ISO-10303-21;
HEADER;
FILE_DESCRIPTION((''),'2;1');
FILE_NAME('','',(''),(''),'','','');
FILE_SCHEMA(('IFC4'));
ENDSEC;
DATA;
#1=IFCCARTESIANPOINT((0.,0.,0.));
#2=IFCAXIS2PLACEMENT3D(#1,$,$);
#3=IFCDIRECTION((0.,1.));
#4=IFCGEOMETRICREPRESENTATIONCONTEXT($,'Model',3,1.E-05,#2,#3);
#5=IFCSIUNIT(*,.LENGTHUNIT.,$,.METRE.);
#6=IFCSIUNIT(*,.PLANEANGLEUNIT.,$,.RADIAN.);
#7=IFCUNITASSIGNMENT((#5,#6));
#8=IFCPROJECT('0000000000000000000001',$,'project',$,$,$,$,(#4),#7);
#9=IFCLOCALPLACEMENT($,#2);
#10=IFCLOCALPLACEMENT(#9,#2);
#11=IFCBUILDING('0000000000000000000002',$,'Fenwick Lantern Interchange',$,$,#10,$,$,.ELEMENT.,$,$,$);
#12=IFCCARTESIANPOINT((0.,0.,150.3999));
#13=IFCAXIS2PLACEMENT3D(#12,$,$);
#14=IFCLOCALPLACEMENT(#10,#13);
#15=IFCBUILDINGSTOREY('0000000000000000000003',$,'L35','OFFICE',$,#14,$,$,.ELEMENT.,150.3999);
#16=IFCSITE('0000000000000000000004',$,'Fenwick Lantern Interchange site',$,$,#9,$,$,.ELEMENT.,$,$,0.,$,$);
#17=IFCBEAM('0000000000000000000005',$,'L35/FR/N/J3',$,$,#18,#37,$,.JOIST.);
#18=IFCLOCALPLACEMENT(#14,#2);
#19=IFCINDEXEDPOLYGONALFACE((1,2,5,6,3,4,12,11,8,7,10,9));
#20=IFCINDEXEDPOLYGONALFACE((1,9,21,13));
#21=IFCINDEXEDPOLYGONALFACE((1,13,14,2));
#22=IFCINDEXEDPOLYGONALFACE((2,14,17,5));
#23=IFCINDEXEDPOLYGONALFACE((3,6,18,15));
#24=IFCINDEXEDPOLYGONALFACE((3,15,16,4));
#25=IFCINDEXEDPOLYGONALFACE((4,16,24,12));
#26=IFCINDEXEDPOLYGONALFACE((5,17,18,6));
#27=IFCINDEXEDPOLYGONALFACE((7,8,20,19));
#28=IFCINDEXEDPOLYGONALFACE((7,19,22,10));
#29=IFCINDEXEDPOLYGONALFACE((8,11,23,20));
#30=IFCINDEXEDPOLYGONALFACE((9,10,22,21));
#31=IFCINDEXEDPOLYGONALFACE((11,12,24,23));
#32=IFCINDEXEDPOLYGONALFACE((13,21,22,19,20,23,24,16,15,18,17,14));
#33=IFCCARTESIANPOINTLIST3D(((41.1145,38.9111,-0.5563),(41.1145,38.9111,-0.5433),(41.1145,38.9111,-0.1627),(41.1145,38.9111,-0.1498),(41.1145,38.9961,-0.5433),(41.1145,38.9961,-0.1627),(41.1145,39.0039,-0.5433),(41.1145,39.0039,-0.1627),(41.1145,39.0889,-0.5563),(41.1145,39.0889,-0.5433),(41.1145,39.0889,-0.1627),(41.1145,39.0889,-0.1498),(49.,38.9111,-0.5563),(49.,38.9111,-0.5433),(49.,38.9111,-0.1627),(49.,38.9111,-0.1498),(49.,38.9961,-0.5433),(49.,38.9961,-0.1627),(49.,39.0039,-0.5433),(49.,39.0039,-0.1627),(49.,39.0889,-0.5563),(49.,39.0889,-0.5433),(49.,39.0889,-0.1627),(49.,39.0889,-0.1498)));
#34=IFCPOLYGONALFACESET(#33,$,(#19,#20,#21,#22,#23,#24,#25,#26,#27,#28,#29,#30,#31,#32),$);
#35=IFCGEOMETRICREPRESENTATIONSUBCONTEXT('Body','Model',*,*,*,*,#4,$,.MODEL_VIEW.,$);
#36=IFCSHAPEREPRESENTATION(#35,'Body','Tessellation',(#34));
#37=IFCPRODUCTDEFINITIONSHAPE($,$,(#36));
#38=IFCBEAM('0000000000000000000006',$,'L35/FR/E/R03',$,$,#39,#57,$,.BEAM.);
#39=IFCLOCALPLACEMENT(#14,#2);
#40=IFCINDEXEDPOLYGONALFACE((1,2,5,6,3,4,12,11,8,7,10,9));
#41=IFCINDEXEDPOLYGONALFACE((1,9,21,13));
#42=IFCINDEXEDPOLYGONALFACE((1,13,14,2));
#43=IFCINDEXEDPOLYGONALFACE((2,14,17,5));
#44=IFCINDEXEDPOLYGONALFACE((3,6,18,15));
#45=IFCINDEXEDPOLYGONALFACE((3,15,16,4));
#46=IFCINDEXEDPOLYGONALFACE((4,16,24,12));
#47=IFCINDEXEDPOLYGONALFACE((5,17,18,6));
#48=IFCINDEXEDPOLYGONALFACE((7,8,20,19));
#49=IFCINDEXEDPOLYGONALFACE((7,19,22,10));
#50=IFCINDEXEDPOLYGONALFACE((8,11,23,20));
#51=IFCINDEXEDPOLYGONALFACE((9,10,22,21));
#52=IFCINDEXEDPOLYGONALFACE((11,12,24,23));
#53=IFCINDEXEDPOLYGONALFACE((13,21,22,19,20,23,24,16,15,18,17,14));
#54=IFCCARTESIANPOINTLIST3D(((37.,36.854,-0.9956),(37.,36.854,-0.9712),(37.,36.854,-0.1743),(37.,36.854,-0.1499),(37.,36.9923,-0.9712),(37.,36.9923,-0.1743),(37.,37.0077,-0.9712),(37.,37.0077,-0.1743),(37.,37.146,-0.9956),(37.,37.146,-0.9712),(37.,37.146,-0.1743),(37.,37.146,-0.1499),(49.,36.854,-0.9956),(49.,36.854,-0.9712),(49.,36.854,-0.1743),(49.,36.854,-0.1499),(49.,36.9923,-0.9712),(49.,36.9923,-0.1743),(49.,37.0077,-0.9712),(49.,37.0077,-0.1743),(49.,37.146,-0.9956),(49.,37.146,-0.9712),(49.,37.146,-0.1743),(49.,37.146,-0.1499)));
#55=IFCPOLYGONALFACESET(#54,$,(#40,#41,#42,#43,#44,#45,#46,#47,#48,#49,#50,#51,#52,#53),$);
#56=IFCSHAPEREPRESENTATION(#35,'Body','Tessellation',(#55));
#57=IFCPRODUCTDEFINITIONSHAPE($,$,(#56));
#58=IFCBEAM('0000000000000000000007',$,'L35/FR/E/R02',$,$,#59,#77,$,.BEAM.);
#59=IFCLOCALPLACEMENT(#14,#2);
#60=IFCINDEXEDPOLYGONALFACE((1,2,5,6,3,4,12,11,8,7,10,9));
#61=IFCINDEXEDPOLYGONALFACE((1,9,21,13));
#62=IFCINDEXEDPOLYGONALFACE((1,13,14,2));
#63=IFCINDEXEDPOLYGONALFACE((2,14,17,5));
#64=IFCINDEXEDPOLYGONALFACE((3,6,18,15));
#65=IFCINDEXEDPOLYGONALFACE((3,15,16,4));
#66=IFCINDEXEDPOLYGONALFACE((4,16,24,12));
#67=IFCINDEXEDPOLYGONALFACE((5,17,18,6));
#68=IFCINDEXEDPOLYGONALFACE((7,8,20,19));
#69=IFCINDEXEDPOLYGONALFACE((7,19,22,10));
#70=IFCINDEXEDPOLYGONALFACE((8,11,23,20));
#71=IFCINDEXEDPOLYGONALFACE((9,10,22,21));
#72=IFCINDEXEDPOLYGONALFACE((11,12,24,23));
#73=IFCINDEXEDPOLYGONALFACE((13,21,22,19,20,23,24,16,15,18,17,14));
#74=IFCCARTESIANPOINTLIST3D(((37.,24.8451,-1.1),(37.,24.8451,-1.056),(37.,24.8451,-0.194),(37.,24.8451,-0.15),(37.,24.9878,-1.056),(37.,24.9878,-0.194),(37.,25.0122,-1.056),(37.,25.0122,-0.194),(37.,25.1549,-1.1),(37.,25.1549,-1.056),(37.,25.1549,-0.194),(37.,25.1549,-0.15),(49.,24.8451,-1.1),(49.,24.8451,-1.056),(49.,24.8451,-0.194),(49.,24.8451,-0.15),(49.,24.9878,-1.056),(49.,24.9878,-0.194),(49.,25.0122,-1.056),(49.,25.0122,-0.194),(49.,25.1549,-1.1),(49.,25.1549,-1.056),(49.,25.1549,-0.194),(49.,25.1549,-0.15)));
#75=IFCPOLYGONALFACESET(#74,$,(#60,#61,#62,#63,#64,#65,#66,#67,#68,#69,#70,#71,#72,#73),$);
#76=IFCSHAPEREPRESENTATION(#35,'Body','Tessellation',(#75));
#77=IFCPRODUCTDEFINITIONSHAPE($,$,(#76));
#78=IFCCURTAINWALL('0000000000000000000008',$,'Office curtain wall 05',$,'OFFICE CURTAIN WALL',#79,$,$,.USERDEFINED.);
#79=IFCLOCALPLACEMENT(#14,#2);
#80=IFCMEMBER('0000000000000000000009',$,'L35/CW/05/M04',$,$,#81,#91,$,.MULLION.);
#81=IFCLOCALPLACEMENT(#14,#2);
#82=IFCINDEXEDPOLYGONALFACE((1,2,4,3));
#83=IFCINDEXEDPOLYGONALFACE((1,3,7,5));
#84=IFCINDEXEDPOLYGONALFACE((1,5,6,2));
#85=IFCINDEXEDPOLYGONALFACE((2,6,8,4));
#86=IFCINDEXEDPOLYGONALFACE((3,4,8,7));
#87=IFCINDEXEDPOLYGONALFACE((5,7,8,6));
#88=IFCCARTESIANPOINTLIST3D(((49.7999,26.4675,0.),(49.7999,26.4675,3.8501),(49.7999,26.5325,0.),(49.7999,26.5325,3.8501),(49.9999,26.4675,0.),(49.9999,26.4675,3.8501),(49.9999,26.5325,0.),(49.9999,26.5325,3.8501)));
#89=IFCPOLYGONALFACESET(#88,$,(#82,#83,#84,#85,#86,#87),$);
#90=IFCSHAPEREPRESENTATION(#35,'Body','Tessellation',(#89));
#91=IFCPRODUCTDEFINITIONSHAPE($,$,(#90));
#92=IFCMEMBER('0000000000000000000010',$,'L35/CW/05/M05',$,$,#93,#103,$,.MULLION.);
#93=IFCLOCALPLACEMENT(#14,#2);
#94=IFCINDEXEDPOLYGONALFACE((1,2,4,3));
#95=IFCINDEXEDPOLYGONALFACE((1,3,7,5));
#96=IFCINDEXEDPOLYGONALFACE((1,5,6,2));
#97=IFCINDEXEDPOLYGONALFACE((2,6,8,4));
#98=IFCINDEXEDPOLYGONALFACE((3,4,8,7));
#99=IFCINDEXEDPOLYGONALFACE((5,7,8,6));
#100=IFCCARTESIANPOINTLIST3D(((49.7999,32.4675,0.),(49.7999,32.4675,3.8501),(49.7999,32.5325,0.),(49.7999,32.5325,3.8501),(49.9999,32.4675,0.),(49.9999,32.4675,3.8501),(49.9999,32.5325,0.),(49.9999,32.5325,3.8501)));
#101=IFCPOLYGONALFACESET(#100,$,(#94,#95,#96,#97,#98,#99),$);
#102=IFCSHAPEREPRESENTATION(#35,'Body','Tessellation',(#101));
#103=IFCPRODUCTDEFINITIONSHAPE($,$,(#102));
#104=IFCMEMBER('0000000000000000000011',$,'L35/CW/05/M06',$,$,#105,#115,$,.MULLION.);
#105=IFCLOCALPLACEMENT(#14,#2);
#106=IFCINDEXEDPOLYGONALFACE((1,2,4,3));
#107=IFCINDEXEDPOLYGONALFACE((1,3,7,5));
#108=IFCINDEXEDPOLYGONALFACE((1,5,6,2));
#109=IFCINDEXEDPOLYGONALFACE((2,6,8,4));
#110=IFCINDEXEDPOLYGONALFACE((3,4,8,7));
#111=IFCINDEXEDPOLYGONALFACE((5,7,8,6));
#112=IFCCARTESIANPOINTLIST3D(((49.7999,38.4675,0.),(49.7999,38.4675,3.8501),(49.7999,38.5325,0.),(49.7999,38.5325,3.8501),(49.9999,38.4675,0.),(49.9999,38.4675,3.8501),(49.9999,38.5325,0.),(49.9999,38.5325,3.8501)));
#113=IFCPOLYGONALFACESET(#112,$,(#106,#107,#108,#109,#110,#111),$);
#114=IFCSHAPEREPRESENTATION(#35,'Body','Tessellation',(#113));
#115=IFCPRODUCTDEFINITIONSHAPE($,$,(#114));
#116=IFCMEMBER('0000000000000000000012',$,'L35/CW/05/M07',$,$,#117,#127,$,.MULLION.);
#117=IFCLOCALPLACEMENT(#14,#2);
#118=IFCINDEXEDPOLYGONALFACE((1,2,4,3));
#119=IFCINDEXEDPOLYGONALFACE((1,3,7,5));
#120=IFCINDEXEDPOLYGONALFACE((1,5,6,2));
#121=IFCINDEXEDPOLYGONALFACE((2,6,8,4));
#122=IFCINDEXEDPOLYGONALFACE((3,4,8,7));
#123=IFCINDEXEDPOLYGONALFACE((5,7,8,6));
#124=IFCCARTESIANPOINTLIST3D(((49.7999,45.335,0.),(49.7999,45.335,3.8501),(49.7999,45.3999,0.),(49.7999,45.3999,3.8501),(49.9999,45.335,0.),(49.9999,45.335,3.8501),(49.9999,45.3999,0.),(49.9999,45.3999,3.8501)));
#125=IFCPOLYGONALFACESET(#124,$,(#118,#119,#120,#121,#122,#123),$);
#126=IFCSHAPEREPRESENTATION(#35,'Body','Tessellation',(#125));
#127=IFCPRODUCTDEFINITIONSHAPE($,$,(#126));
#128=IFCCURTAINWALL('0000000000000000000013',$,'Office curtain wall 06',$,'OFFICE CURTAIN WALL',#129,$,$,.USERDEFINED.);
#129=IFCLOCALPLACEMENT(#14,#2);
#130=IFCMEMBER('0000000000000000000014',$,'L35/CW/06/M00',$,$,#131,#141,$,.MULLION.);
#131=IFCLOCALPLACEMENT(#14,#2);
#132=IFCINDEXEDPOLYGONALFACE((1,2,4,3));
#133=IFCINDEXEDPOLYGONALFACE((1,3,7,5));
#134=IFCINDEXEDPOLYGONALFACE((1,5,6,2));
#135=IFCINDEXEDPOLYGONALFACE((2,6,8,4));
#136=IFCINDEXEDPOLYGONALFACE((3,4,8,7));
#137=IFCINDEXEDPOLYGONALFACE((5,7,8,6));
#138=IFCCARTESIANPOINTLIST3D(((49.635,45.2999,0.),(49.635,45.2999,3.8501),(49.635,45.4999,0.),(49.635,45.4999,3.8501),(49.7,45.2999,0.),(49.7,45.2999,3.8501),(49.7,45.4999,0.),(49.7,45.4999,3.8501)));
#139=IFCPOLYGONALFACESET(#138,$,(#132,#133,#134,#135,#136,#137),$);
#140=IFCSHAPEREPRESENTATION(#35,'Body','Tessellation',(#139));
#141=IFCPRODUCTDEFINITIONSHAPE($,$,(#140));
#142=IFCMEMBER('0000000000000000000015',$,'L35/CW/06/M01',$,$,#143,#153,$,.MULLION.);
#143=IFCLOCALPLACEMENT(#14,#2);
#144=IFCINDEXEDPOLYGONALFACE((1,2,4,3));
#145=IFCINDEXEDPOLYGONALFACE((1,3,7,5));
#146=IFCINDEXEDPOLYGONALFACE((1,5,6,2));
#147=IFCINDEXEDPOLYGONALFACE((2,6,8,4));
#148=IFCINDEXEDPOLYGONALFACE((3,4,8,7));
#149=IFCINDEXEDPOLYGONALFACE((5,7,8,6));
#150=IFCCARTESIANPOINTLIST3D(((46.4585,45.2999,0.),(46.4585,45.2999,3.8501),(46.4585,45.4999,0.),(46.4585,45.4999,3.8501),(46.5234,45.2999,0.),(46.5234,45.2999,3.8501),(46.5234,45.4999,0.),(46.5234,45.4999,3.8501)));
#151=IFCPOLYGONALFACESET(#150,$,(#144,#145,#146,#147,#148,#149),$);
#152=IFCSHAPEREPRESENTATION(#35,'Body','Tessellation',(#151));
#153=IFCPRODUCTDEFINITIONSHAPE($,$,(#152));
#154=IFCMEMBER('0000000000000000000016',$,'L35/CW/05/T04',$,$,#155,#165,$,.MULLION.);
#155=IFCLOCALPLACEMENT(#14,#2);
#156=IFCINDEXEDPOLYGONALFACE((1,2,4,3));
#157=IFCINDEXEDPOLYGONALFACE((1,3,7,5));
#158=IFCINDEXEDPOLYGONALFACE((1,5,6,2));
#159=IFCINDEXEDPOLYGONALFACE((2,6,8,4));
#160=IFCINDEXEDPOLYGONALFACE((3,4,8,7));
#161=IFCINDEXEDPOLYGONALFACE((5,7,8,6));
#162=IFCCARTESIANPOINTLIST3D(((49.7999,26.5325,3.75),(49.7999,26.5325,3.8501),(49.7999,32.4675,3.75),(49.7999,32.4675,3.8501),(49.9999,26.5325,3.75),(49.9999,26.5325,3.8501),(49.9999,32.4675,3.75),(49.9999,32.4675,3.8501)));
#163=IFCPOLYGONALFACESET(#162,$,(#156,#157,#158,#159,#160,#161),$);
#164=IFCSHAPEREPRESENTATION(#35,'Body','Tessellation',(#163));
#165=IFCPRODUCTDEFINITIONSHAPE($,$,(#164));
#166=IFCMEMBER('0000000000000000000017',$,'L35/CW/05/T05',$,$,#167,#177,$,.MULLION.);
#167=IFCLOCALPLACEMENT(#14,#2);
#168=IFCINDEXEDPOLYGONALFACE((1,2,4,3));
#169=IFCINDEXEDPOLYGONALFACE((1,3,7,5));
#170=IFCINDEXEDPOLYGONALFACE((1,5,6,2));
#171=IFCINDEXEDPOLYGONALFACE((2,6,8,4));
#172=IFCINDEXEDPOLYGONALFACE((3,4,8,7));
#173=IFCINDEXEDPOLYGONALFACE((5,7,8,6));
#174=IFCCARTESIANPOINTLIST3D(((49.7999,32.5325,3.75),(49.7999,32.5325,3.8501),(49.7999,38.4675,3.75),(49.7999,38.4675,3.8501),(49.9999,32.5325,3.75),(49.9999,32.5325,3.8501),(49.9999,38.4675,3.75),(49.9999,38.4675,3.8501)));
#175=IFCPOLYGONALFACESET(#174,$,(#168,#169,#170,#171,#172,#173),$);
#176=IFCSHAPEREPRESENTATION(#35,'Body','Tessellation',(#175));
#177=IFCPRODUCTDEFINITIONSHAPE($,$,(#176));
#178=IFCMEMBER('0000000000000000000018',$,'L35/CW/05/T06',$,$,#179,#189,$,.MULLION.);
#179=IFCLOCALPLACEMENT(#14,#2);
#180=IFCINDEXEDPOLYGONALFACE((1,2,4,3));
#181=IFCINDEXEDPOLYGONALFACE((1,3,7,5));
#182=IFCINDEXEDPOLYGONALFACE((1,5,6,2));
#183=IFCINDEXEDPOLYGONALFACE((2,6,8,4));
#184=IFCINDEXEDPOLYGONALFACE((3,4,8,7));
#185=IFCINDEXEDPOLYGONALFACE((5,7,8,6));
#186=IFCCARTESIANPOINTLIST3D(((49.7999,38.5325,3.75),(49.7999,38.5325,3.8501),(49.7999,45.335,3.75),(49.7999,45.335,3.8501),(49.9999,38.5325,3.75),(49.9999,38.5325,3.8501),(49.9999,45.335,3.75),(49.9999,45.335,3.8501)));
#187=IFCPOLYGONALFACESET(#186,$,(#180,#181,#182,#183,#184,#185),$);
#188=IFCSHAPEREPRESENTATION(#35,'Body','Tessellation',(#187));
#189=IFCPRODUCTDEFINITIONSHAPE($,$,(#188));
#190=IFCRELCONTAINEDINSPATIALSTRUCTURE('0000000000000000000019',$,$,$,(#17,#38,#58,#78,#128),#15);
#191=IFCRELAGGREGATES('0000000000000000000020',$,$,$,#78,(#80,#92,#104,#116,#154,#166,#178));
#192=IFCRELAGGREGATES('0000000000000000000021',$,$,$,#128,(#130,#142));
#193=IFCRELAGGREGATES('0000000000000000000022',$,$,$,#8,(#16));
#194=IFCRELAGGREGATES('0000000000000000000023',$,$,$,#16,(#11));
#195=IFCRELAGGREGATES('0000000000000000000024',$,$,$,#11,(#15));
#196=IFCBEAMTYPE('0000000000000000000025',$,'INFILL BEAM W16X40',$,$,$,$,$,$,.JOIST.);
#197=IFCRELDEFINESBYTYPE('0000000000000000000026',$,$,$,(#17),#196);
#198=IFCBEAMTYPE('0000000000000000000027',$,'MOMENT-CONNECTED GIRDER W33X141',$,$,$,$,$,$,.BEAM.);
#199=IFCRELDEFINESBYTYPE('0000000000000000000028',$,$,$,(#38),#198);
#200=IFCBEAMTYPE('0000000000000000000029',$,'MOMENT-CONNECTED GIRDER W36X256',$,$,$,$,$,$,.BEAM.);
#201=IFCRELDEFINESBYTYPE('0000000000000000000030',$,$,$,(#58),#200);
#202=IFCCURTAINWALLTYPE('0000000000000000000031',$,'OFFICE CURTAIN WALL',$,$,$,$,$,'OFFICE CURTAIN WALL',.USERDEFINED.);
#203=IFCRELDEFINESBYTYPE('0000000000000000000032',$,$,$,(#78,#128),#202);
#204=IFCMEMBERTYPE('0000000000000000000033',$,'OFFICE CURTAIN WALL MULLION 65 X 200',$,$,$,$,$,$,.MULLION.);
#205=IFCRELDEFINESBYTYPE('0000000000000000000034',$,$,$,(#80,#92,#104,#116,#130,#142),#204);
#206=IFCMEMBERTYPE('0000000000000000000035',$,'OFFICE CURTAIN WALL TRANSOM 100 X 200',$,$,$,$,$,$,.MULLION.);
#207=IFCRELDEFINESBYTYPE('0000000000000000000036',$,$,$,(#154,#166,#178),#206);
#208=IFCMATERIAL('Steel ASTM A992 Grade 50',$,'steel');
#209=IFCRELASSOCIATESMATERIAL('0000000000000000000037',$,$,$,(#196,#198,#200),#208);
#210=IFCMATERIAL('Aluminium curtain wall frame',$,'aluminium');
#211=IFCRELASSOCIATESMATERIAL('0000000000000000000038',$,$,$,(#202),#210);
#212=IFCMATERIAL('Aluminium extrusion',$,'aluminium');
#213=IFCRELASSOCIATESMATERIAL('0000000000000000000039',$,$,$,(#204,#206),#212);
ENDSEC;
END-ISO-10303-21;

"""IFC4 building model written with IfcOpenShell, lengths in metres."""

from ifc_helpers import new_model, si_unit, direction, frame, origin, origin_2d, place, context, subcontext, project, spatial, rectangle, i_section, extrude, material, material_profile, profile_set, type_object, element, aggregate, save


model = new_model("IFC4")

# Units and contexts
model_context = context("Model", 3, precision=1e-05, world=origin(), true_north=direction((0.0, 1.0)))
body_context = subcontext(model_context, "Body", "Model", "MODEL_VIEW")
ifc_project = project(units=[si_unit("LENGTHUNIT", "METRE"), si_unit("PLANEANGLEUNIT", "RADIAN")], contexts=[model_context])

# Site, building, storey
site_placement = place(None, origin())
site = spatial("IfcSite", under=ifc_project, at=site_placement, Name="Fenwick Lantern Interchange site", CompositionType="ELEMENT", RefElevation=0.0)
building_placement = place(site_placement, origin())
building = spatial("IfcBuilding", under=site, at=building_placement, Name="Fenwick Lantern Interchange", CompositionType="ELEMENT")
storey_placement = place(building_placement, frame((0.0, 0.0, 150.3999)))
storey = spatial("IfcBuildingStorey", under=building, at=storey_placement, Name="L35", Description="OFFICE", CompositionType="ELEMENT", Elevation=150.3999)

# Shared definitions
ifc_material_1 = material(Name="Steel ASTM A992 Grade 50", Category="steel")

# Beams
ifc_material_profile_1 = material_profile(ifc_material_1, i_section(OverallWidth=0.1777, OverallDepth=0.4065, WebThickness=0.0078, FlangeThickness=0.0129, at=origin_2d()), Name="W16X40")
ifc_profile_set_1 = profile_set([ifc_material_profile_1], Name="Steel ASTM A992 Grade 50")
beam_type_1 = type_object("IfcBeamType", Name="INFILL BEAM W16X40", PredefinedType="JOIST", material=ifc_profile_set_1)
beam_1_placement = place(storey_placement, frame((49.0, 39.0, -0.353), z_axis=(-1.0, 0.0, 0.0), x_axis=(0.0, -1.0, 0.0)))
element("IfcBeam", 1, at=beam_1_placement, inside=storey, type_object=beam_type_1, Name="L35/FR/N/J3", PredefinedType="JOIST", context=body_context, shape_type="SweptSolid", body=[
    extrude(i_section(OverallWidth=0.1777, OverallDepth=0.4065, WebThickness=0.0078, FlangeThickness=0.0129, at=origin_2d()), origin(), (0.0, 0.0, 1.0), 7.8855),
])
ifc_material_profile_2 = material_profile(ifc_material_1, i_section(OverallWidth=0.292, OverallDepth=0.8457, WebThickness=0.0154, FlangeThickness=0.0244, at=origin_2d()), Name="W33X141")
ifc_profile_set_2 = profile_set([ifc_material_profile_2], Name="Steel ASTM A992 Grade 50")
beam_type_2 = type_object("IfcBeamType", Name="MOMENT-CONNECTED GIRDER W33X141", PredefinedType="BEAM", material=ifc_profile_set_2)
beam_2_placement = place(storey_placement, frame((49.0, 37.0, -0.5728), z_axis=(-1.0, 0.0, 0.0), x_axis=(0.0, -1.0, 0.0)))
element("IfcBeam", 2, at=beam_2_placement, inside=storey, type_object=beam_type_2, Name="L35/FR/E/R03", PredefinedType="BEAM", context=body_context, shape_type="SweptSolid", body=[
    extrude(i_section(OverallWidth=0.292, OverallDepth=0.8457, WebThickness=0.0154, FlangeThickness=0.0244, at=origin_2d()), origin(), (0.0, 0.0, 1.0), 12.0),
])
ifc_material_profile_3 = material_profile(ifc_material_1, i_section(OverallWidth=0.3098, OverallDepth=0.95, WebThickness=0.0244, FlangeThickness=0.0439, at=origin_2d()), Name="W36X256")
ifc_profile_set_3 = profile_set([ifc_material_profile_3], Name="Steel ASTM A992 Grade 50")
beam_type_3 = type_object("IfcBeamType", Name="MOMENT-CONNECTED GIRDER W36X256", PredefinedType="BEAM", material=ifc_profile_set_3)
beam_3_placement = place(storey_placement, frame((49.0, 25.0, -0.625), z_axis=(-1.0, 0.0, 0.0), x_axis=(0.0, -1.0, 0.0)))
element("IfcBeam", 3, at=beam_3_placement, inside=storey, type_object=beam_type_3, Name="L35/FR/E/R02", PredefinedType="BEAM", context=body_context, shape_type="SweptSolid", body=[
    extrude(i_section(OverallWidth=0.3098, OverallDepth=0.95, WebThickness=0.0244, FlangeThickness=0.0439, at=origin_2d()), origin(), (0.0, 0.0, 1.0), 12.0),
])

# Curtain walls, members
ifc_material_2 = material(Name="Aluminium curtain wall frame", Category="aluminium")
curtain_wall_type = type_object("IfcCurtainWallType", Name="OFFICE CURTAIN WALL", ElementType="OFFICE CURTAIN WALL", PredefinedType="USERDEFINED", material=ifc_material_2)
curtain_wall_1_placement = place(storey_placement, origin())
curtain_wall_1 = element("IfcCurtainWall", 4, at=curtain_wall_1_placement, inside=storey, type_object=curtain_wall_type, Name="Office curtain wall 05", ObjectType="OFFICE CURTAIN WALL", PredefinedType="USERDEFINED")
ifc_material_3 = material(Name="Aluminium extrusion", Category="aluminium")
ifc_material_profile_4 = material_profile(ifc_material_3, rectangle(XDim=0.2, YDim=0.0649, at=origin_2d()), Name="OFFICE CURTAIN WALL MULLION 65 X 200")
ifc_profile_set_4 = profile_set([ifc_material_profile_4], Name="Aluminium extrusion")
member_type_1 = type_object("IfcMemberType", Name="OFFICE CURTAIN WALL MULLION 65 X 200", PredefinedType="MULLION", material=ifc_profile_set_4)
member_1_placement = place(storey_placement, frame((49.8999, 26.5, 0.0), z_axis=(0.0, 0.0, 1.0), x_axis=(-1.0, 0.0, 0.0)))
member_1 = element("IfcMember", 5, at=member_1_placement, type_object=member_type_1, Name="L35/CW/05/M04", PredefinedType="MULLION", context=body_context, shape_type="SweptSolid", body=[
    extrude(rectangle(XDim=0.2, YDim=0.0649, at=origin_2d()), origin(), (0.0, 0.0, 1.0), 3.8501),
])
member_2_placement = place(storey_placement, frame((49.8999, 32.5, 0.0), z_axis=(0.0, 0.0, 1.0), x_axis=(-1.0, 0.0, 0.0)))
member_2 = element("IfcMember", 6, at=member_2_placement, type_object=member_type_1, Name="L35/CW/05/M05", PredefinedType="MULLION", context=body_context, shape_type="SweptSolid", body=[
    extrude(rectangle(XDim=0.2, YDim=0.0649, at=origin_2d()), origin(), (0.0, 0.0, 1.0), 3.8501),
])
member_3_placement = place(storey_placement, frame((49.8999, 38.5, 0.0), z_axis=(0.0, 0.0, 1.0), x_axis=(-1.0, 0.0, 0.0)))
member_3 = element("IfcMember", 7, at=member_3_placement, type_object=member_type_1, Name="L35/CW/05/M06", PredefinedType="MULLION", context=body_context, shape_type="SweptSolid", body=[
    extrude(rectangle(XDim=0.2, YDim=0.0649, at=origin_2d()), origin(), (0.0, 0.0, 1.0), 3.8501),
])
member_4_placement = place(storey_placement, frame((49.8999, 45.3674, 0.0), z_axis=(0.0, 0.0, 1.0), x_axis=(-1.0, 0.0, 0.0)))
member_4 = element("IfcMember", 8, at=member_4_placement, type_object=member_type_1, Name="L35/CW/05/M07", PredefinedType="MULLION", context=body_context, shape_type="SweptSolid", body=[
    extrude(rectangle(XDim=0.2, YDim=0.0649, at=origin_2d()), origin(), (0.0, 0.0, 1.0), 3.8501),
])
curtain_wall_2_placement = place(storey_placement, origin())
curtain_wall_2 = element("IfcCurtainWall", 9, at=curtain_wall_2_placement, inside=storey, type_object=curtain_wall_type, Name="Office curtain wall 06", ObjectType="OFFICE CURTAIN WALL", PredefinedType="USERDEFINED")
member_5_placement = place(storey_placement, frame((49.6675, 45.3999, 0.0), z_axis=(0.0, 0.0, 1.0), x_axis=(0.0, -1.0, 0.0)))
member_5 = element("IfcMember", 10, at=member_5_placement, type_object=member_type_1, Name="L35/CW/06/M00", PredefinedType="MULLION", context=body_context, shape_type="SweptSolid", body=[
    extrude(rectangle(XDim=0.2, YDim=0.0649, at=origin_2d()), origin(), (0.0, 0.0, 1.0), 3.8501),
])
member_6_placement = place(storey_placement, frame((46.491, 45.3999, 0.0), z_axis=(0.0, 0.0, 1.0), x_axis=(0.0, -1.0, 0.0)))
member_6 = element("IfcMember", 11, at=member_6_placement, type_object=member_type_1, Name="L35/CW/06/M01", PredefinedType="MULLION", context=body_context, shape_type="SweptSolid", body=[
    extrude(rectangle(XDim=0.2, YDim=0.0649, at=origin_2d()), origin(), (0.0, 0.0, 1.0), 3.8501),
])

# Members
ifc_material_profile_5 = material_profile(ifc_material_3, rectangle(XDim=0.2, YDim=0.1001, at=origin_2d()), Name="OFFICE CURTAIN WALL TRANSOM 100 X 200")
ifc_profile_set_5 = profile_set([ifc_material_profile_5], Name="Aluminium extrusion")
member_type_2 = type_object("IfcMemberType", Name="OFFICE CURTAIN WALL TRANSOM 100 X 200", PredefinedType="MULLION", material=ifc_profile_set_5)
member_7_placement = place(storey_placement, frame((49.8999, 26.5325, 3.8), z_axis=(0.0, 1.0, 0.0), x_axis=(-1.0, 0.0, 0.0)))
member_7 = element("IfcMember", 12, at=member_7_placement, type_object=member_type_2, Name="L35/CW/05/T04", PredefinedType="MULLION", context=body_context, shape_type="SweptSolid", body=[
    extrude(rectangle(XDim=0.2, YDim=0.1001, at=origin_2d()), origin(), (0.0, 0.0, 1.0), 5.9351),
])
member_8_placement = place(storey_placement, frame((49.8999, 32.5325, 3.8), z_axis=(0.0, 1.0, 0.0), x_axis=(-1.0, 0.0, 0.0)))
member_8 = element("IfcMember", 13, at=member_8_placement, type_object=member_type_2, Name="L35/CW/05/T05", PredefinedType="MULLION", context=body_context, shape_type="SweptSolid", body=[
    extrude(rectangle(XDim=0.2, YDim=0.1001, at=origin_2d()), origin(), (0.0, 0.0, 1.0), 5.9351),
])
member_9_placement = place(storey_placement, frame((49.8999, 38.5325, 3.8), z_axis=(0.0, 1.0, 0.0), x_axis=(-1.0, 0.0, 0.0)))
member_9 = element("IfcMember", 14, at=member_9_placement, type_object=member_type_2, Name="L35/CW/05/T06", PredefinedType="MULLION", context=body_context, shape_type="SweptSolid", body=[
    extrude(rectangle(XDim=0.2, YDim=0.1001, at=origin_2d()), origin(), (0.0, 0.0, 1.0), 6.8025),
])
aggregate(curtain_wall_1, [member_1, member_2, member_3, member_4, member_7, member_8, member_9])

aggregate(curtain_wall_2, [member_5, member_6])

save(model, "model.ifc")
